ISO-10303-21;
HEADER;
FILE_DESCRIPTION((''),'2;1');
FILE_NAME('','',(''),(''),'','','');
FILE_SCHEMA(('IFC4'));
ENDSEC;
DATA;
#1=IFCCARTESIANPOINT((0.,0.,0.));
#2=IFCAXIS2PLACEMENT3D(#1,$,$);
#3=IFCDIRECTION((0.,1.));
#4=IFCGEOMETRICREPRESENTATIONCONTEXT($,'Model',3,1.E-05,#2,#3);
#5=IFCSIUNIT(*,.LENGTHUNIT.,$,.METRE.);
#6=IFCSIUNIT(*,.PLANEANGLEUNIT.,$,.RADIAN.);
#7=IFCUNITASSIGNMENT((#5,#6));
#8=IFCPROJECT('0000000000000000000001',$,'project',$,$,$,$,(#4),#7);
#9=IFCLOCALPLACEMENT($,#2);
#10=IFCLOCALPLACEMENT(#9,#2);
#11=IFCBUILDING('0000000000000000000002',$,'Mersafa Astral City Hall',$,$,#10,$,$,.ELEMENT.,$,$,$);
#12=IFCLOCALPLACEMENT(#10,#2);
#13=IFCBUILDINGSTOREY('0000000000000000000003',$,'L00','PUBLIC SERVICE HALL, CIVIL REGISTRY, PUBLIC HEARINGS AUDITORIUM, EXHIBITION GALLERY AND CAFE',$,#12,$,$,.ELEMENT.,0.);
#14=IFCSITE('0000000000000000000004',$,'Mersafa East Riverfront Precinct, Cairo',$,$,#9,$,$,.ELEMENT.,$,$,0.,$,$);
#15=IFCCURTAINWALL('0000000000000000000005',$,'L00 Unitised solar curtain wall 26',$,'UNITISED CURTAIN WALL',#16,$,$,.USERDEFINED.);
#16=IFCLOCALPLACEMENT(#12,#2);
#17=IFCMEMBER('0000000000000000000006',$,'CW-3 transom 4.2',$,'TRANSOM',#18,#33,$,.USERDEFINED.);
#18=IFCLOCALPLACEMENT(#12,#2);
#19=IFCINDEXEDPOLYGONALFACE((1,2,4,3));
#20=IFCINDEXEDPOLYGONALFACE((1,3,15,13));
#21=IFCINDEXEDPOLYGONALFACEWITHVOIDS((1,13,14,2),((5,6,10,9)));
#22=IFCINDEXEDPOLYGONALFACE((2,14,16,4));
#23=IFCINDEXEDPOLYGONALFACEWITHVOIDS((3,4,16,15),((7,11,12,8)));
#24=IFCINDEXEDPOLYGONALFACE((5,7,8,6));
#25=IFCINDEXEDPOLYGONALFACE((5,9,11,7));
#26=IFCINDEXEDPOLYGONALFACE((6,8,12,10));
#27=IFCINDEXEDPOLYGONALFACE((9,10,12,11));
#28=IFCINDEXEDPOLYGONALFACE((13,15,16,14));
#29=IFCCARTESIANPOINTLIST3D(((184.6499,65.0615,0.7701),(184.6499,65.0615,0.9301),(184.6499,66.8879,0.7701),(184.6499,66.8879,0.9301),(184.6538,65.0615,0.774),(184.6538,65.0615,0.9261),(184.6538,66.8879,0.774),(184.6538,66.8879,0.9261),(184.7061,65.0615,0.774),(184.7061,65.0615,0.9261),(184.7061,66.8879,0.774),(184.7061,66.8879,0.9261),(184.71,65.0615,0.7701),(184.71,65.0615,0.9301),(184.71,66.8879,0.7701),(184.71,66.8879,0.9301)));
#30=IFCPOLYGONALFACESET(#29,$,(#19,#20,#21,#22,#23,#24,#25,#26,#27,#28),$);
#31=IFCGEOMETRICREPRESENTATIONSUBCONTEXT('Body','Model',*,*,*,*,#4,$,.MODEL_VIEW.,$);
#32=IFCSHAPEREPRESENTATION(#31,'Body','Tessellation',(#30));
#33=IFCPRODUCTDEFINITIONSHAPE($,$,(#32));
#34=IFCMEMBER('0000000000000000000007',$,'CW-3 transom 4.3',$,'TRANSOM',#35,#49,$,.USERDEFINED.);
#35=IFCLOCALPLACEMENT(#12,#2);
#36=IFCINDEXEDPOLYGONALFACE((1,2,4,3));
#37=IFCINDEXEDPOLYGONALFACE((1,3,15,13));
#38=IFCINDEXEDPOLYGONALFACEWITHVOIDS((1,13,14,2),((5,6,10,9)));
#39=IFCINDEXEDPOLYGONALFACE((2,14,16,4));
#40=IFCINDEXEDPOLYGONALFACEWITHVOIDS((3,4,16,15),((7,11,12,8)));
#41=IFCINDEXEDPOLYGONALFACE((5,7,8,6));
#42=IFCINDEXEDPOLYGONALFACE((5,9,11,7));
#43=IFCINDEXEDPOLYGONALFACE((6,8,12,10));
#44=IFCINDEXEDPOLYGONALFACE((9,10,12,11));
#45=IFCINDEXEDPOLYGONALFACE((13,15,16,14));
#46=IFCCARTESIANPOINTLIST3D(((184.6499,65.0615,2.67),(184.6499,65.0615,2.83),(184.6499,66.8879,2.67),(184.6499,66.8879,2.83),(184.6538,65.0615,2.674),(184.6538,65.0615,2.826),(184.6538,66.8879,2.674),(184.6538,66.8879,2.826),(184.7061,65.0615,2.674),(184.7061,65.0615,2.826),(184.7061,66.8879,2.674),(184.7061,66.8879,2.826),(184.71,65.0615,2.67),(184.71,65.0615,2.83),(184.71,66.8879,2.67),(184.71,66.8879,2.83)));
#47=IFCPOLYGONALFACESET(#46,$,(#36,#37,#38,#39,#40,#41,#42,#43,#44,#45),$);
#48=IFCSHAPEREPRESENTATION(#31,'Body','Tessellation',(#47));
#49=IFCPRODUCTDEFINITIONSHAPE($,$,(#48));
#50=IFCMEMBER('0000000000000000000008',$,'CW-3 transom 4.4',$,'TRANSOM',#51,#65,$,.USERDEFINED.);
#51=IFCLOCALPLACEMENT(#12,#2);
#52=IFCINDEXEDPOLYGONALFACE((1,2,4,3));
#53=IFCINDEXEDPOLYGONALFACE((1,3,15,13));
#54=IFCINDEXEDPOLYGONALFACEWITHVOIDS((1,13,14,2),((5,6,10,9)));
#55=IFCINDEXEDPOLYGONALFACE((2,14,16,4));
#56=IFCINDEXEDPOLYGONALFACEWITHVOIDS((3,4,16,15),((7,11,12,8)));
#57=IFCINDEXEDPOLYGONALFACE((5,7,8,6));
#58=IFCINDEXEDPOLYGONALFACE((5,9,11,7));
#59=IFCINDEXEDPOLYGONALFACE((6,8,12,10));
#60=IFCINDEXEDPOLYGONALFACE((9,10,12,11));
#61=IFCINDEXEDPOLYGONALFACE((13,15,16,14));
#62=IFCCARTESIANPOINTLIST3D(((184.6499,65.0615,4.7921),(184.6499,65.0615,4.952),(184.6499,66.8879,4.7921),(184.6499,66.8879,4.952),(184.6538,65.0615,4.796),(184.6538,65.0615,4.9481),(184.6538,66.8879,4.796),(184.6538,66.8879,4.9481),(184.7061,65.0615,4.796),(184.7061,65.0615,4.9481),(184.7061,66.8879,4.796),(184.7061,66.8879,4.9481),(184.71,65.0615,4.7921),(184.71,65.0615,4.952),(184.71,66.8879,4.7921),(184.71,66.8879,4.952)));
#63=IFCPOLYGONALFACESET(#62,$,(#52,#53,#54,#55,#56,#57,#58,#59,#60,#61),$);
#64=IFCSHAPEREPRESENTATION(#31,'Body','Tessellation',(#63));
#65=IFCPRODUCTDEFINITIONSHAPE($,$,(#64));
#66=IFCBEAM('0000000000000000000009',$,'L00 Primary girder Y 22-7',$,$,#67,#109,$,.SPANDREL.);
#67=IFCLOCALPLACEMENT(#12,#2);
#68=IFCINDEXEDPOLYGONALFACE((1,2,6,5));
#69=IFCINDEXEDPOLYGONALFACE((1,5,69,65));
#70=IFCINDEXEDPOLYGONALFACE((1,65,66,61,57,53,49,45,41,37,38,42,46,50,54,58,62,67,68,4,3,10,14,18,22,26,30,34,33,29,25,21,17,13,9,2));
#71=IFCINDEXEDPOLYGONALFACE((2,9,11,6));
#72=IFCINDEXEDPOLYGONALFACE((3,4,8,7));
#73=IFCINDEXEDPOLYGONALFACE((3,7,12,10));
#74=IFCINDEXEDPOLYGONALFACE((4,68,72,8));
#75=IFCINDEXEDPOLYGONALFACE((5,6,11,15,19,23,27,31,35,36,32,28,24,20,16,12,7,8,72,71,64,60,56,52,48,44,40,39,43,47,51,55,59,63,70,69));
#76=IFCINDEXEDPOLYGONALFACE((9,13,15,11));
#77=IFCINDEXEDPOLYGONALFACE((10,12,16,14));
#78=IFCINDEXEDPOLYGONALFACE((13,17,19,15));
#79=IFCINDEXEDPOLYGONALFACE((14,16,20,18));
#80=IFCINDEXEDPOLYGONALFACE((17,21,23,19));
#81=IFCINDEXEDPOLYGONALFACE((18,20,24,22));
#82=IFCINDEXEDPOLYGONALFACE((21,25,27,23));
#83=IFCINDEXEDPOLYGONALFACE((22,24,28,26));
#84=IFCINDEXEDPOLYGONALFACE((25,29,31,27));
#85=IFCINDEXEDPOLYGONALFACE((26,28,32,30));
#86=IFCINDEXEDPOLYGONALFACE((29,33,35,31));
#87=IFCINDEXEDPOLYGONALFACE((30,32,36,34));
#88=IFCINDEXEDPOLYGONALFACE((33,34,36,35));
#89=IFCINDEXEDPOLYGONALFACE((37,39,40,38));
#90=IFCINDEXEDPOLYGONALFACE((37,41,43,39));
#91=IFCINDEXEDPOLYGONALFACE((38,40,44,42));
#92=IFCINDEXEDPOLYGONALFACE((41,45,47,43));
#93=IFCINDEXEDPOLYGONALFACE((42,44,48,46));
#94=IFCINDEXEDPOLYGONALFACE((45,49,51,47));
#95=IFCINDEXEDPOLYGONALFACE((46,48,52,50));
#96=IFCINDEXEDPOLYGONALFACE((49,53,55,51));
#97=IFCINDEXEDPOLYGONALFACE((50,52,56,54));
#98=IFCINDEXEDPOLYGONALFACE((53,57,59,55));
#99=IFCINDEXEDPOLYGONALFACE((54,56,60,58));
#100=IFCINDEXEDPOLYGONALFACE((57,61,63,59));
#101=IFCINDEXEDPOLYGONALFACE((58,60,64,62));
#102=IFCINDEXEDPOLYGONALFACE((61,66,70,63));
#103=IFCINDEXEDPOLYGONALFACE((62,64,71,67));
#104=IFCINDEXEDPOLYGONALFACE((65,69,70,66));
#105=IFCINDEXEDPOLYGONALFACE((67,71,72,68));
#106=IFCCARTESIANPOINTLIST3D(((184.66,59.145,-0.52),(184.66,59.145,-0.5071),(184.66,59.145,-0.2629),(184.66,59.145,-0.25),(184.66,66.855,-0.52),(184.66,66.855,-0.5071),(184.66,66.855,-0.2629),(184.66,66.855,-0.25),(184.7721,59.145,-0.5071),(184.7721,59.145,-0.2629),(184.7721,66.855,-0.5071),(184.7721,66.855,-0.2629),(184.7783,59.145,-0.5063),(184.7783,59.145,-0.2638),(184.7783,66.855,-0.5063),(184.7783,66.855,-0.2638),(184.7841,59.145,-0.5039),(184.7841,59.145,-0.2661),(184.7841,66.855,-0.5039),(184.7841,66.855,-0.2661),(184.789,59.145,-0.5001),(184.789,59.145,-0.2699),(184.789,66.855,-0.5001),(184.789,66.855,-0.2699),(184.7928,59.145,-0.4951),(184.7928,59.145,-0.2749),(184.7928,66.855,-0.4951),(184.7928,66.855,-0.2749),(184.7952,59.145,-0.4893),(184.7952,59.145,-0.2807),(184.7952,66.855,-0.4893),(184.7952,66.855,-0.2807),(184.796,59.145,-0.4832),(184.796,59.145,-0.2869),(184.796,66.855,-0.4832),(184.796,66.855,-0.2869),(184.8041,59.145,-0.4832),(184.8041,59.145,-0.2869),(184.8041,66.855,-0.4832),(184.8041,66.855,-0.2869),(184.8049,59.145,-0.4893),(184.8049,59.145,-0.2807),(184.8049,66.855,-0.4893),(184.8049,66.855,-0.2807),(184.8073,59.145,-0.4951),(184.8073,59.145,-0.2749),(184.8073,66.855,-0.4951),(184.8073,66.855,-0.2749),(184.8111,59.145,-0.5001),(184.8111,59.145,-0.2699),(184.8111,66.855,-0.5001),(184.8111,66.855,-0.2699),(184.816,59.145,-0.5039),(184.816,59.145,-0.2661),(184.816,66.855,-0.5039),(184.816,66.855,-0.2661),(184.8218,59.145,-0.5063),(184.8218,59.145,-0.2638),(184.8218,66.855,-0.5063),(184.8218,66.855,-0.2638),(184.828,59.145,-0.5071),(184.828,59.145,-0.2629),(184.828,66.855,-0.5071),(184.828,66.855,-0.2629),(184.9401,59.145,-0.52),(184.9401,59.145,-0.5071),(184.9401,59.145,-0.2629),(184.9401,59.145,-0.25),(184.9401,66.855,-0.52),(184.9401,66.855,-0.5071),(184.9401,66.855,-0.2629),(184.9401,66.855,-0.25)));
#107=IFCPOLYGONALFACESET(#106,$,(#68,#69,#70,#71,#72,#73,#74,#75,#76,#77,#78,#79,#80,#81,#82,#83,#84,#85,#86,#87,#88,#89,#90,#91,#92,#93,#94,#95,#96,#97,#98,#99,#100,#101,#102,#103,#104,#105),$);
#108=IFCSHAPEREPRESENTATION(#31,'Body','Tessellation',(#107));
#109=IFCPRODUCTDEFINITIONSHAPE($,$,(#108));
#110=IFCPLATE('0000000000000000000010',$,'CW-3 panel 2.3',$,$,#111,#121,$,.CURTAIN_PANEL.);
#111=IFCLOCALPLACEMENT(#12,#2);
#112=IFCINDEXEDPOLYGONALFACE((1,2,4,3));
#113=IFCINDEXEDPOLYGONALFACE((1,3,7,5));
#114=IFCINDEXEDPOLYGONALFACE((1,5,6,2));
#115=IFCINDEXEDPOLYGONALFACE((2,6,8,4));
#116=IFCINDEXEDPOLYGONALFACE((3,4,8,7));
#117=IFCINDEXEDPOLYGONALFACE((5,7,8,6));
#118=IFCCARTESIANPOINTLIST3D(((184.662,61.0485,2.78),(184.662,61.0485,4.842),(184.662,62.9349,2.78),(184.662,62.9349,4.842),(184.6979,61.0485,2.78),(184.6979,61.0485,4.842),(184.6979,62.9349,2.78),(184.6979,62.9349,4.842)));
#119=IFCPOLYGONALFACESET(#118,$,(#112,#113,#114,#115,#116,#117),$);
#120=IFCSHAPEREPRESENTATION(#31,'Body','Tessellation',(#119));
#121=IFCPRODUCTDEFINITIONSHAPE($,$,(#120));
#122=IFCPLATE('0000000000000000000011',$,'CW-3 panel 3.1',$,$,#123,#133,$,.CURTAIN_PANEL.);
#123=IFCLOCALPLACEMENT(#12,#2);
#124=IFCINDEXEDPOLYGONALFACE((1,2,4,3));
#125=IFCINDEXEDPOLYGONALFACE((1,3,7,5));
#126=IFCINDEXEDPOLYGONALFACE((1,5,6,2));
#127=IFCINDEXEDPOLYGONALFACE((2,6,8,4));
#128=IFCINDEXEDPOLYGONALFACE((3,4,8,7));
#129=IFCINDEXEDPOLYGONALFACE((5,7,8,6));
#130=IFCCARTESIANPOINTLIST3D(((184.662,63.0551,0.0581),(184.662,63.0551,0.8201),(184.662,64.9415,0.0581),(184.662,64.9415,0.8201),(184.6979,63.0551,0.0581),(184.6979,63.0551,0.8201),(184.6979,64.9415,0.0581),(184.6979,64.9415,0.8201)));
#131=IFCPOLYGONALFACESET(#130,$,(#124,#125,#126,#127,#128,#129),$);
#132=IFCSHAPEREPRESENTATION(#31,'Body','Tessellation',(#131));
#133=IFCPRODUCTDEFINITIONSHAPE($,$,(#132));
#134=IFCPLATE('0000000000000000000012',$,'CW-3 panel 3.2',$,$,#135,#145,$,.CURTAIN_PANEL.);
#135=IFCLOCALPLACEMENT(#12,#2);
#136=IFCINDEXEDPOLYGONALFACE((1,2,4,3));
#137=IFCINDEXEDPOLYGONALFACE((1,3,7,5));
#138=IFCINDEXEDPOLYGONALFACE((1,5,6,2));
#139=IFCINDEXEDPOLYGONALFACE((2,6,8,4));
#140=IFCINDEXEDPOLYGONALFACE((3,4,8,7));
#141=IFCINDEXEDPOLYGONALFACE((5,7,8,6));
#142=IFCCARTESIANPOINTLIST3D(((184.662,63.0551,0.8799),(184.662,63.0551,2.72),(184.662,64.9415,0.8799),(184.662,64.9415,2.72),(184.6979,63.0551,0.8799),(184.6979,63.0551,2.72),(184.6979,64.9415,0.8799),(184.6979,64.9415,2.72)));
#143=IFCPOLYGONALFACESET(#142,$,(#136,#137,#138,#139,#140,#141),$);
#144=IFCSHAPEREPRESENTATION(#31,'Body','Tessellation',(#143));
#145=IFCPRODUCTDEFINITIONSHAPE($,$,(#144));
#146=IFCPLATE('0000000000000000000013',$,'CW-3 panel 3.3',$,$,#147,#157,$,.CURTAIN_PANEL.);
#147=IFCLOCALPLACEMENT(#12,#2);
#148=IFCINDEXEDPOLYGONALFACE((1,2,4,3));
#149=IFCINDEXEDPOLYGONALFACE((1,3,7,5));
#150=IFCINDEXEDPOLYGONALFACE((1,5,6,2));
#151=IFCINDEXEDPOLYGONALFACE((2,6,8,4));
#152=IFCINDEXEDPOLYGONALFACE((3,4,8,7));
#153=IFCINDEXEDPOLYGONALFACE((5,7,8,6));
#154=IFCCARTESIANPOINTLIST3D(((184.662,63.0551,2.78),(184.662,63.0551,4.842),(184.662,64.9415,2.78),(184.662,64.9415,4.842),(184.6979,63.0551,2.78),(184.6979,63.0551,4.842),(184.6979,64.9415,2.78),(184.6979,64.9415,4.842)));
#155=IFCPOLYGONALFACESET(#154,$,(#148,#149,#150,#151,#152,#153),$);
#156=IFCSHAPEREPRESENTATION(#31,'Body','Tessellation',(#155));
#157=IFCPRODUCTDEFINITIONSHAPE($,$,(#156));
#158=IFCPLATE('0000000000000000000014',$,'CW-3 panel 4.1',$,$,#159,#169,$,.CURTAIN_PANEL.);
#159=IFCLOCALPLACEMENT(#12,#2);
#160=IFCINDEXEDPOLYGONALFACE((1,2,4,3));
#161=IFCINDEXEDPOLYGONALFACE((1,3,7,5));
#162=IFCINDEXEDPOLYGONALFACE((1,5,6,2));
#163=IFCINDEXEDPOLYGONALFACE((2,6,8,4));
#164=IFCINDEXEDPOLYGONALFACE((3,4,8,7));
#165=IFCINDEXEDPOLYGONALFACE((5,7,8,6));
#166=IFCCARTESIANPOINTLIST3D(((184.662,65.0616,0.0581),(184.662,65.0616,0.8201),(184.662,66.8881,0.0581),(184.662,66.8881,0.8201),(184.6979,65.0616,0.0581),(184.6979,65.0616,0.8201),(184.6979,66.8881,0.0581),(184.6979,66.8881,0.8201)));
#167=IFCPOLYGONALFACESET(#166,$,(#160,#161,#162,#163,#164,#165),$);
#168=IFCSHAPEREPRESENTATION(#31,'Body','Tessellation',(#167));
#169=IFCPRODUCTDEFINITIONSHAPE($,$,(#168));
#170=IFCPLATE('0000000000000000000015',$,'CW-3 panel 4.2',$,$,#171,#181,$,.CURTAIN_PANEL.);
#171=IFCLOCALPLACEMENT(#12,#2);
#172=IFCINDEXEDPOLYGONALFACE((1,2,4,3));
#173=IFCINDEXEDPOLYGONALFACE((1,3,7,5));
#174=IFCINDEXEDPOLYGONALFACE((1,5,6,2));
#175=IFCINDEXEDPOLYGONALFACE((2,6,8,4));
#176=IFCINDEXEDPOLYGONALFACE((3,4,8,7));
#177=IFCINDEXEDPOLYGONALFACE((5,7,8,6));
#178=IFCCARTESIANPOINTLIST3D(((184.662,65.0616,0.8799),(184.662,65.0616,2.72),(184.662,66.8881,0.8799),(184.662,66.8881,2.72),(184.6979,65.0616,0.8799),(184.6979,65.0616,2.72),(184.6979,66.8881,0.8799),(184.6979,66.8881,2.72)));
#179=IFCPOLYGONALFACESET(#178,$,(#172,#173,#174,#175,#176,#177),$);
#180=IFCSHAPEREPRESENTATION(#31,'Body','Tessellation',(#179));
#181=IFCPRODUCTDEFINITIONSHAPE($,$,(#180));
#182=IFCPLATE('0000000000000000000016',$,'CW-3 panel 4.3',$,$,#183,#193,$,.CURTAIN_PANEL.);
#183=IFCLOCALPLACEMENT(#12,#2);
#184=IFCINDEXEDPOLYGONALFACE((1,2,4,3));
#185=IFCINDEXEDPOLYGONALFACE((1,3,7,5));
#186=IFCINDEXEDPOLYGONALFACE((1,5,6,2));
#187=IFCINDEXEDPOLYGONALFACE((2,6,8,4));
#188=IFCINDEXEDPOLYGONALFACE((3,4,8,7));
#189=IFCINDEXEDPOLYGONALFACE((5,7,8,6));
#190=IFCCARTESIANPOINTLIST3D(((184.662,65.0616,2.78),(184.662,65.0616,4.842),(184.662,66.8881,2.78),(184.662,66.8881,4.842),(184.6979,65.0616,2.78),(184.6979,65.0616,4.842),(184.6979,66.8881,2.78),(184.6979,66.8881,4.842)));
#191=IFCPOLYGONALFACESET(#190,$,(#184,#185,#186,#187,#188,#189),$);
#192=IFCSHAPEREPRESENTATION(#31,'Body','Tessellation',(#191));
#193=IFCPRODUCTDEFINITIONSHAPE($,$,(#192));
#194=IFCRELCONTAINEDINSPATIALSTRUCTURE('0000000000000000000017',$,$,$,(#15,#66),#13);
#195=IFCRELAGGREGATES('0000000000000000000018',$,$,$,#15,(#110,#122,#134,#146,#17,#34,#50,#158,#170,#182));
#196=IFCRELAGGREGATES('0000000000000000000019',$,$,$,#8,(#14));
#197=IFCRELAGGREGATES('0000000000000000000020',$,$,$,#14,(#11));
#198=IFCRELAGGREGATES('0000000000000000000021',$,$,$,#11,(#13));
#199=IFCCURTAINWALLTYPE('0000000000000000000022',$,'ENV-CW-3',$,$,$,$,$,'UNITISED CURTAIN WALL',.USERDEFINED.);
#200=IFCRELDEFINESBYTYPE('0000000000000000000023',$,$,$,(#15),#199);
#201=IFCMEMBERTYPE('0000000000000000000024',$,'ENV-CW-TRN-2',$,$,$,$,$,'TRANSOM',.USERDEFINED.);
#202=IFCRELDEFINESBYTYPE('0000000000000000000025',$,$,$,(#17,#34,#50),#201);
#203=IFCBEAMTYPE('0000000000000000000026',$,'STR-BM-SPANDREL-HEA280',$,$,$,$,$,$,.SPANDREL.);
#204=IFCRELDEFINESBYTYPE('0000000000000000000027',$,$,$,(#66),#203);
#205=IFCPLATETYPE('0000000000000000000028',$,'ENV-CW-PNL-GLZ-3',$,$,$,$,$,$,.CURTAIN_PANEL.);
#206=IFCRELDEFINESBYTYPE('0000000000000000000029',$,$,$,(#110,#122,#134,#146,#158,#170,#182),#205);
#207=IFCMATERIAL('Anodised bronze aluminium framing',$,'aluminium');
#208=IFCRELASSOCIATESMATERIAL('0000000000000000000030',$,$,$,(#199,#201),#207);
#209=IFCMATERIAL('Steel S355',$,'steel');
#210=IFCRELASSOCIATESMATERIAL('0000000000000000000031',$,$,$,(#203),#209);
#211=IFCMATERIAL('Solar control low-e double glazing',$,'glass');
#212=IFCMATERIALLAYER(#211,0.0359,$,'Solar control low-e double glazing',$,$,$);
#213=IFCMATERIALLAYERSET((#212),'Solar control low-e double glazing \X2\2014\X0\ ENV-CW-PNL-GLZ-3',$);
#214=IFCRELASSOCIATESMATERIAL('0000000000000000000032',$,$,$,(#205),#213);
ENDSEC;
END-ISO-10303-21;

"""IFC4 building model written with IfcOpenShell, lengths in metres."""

from ifc_helpers import new_model, si_unit, direction, frame, origin, origin_2d, place, context, subcontext, project, spatial, rectangle, hollow_rectangle, i_section, extrude, material, layer, layer_set, material_profile, profile_set, type_object, element, aggregate, save


model = new_model("IFC4")

# Units and contexts
model_context = context("Model", 3, precision=1e-05, world=origin(), true_north=direction((0.0, 1.0)))
body_context = subcontext(model_context, "Body", "Model", "MODEL_VIEW")
ifc_project = project(units=[si_unit("LENGTHUNIT", "METRE"), si_unit("PLANEANGLEUNIT", "RADIAN")], contexts=[model_context])

# Site, building, storey
site_placement = place(None, origin())
site = spatial("IfcSite", under=ifc_project, at=site_placement, Name="Mersafa East Riverfront Precinct, Cairo", CompositionType="ELEMENT", RefElevation=0.0)
building_placement = place(site_placement, origin())
building = spatial("IfcBuilding", under=site, at=building_placement, Name="Mersafa Astral City Hall", CompositionType="ELEMENT")
storey_placement = place(building_placement, origin())
storey = spatial("IfcBuildingStorey", under=building, at=storey_placement, Name="L00", Description="PUBLIC SERVICE HALL, CIVIL REGISTRY, PUBLIC HEARINGS AUDITORIUM, EXHIBITION GALLERY AND CAFE", CompositionType="ELEMENT", Elevation=0.0)

# Shared definitions
ifc_material_1 = material(Name="Steel S355", Category="steel")

# Curtain wall, members
ifc_material_2 = material(Name="Anodised bronze aluminium framing", Category="aluminium")
curtain_wall_type = type_object("IfcCurtainWallType", Name="ENV-CW-3", ElementType="UNITISED CURTAIN WALL", PredefinedType="USERDEFINED", material=ifc_material_2)
curtain_wall_placement = place(storey_placement, origin())
curtain_wall = element("IfcCurtainWall", 1, at=curtain_wall_placement, inside=storey, type_object=curtain_wall_type, Name="L00 Unitised solar curtain wall 26", ObjectType="UNITISED CURTAIN WALL", PredefinedType="USERDEFINED")
ifc_material_profile_1 = material_profile(ifc_material_2, hollow_rectangle(XDim=0.0601, YDim=0.1599, WallThickness=0.0039, at=origin_2d()), Name="RHS 60x160x4")
ifc_profile_set_1 = profile_set([ifc_material_profile_1], Name="Anodised bronze aluminium framing")
member_type_1 = type_object("IfcMemberType", Name="ENV-CW-TRN-2", ElementType="TRANSOM", PredefinedType="USERDEFINED", material=ifc_profile_set_1)
member_1_placement = place(storey_placement, frame((184.6799, 65.0615, 0.8501), z_axis=(0.0, 1.0, 0.0), x_axis=(-1.0, 0.0, 0.0)))
member_1 = element("IfcMember", 2, at=member_1_placement, type_object=member_type_1, Name="CW-3 transom 4.2", ObjectType="TRANSOM", PredefinedType="USERDEFINED", context=body_context, shape_type="SweptSolid", body=[
    extrude(hollow_rectangle(XDim=0.0601, YDim=0.1599, WallThickness=0.0039, at=origin_2d()), origin(), (0.0, 0.0, 1.0), 1.8264),
])
member_2_placement = place(storey_placement, frame((184.6799, 65.0615, 2.75), z_axis=(0.0, 1.0, 0.0), x_axis=(-1.0, 0.0, 0.0)))
member_2 = element("IfcMember", 3, at=member_2_placement, type_object=member_type_1, Name="CW-3 transom 4.3", ObjectType="TRANSOM", PredefinedType="USERDEFINED", context=body_context, shape_type="SweptSolid", body=[
    extrude(hollow_rectangle(XDim=0.0601, YDim=0.1599, WallThickness=0.0039, at=origin_2d()), origin(), (0.0, 0.0, 1.0), 1.8264),
])
member_3_placement = place(storey_placement, frame((184.6799, 65.0615, 4.8721), z_axis=(0.0, 1.0, 0.0), x_axis=(-1.0, 0.0, 0.0)))
member_3 = element("IfcMember", 4, at=member_3_placement, type_object=member_type_1, Name="CW-3 transom 4.4", ObjectType="TRANSOM", PredefinedType="USERDEFINED", context=body_context, shape_type="SweptSolid", body=[
    extrude(hollow_rectangle(XDim=0.0601, YDim=0.1599, WallThickness=0.0039, at=origin_2d()), origin(), (0.0, 0.0, 1.0), 1.8264),
])

# Beam
ifc_material_profile_2 = material_profile(ifc_material_1, i_section(OverallWidth=0.28, OverallDepth=0.27, WebThickness=0.0081, FlangeThickness=0.0129, FilletRadius=0.0239, at=origin_2d()), Name="HEA 280")
ifc_profile_set_2 = profile_set([ifc_material_profile_2], Name="Steel S355")
beam_type = type_object("IfcBeamType", Name="STR-BM-SPANDREL-HEA280", PredefinedType="SPANDREL", material=ifc_profile_set_2)
beam_placement = place(storey_placement, frame((184.8, 59.145, -0.385), z_axis=(0.0, 1.0, 0.0), x_axis=(-1.0, 0.0, 0.0)))
element("IfcBeam", 5, at=beam_placement, inside=storey, type_object=beam_type, Name="L00 Primary girder Y 22-7", PredefinedType="SPANDREL", context=body_context, shape_type="SweptSolid", body=[
    extrude(i_section(OverallWidth=0.28, OverallDepth=0.27, WebThickness=0.0081, FlangeThickness=0.0129, FilletRadius=0.0239, at=origin_2d()), origin(), (0.0, 0.0, 1.0), 7.71),
])

# Plates
ifc_material_3 = material(Name="Solar control low-e double glazing", Category="glass")
ifc_layer = layer(ifc_material_3, 0.0359, Name="Solar control low-e double glazing")
ifc_layer_set = layer_set([ifc_layer], Name="Solar control low-e double glazing — ENV-CW-PNL-GLZ-3")
plate_type = type_object("IfcPlateType", Name="ENV-CW-PNL-GLZ-3", PredefinedType="CURTAIN_PANEL", material=ifc_layer_set)
plate_1_placement = place(storey_placement, frame((184.6799, 61.9917, 2.78), z_axis=(0.0, 0.0, 1.0), x_axis=(0.0, 1.0, 0.0)))
plate_1 = element("IfcPlate", 6, at=plate_1_placement, type_object=plate_type, Name="CW-3 panel 2.3", PredefinedType="CURTAIN_PANEL", context=body_context, shape_type="SweptSolid", body=[
    extrude(rectangle(XDim=1.8865, YDim=0.0359, at=origin_2d()), origin(), (0.0, 0.0, 1.0), 2.062),
])
plate_2_placement = place(storey_placement, frame((184.6799, 63.9983, 0.0581), z_axis=(0.0, 0.0, 1.0), x_axis=(0.0, 1.0, 0.0)))
plate_2 = element("IfcPlate", 7, at=plate_2_placement, type_object=plate_type, Name="CW-3 panel 3.1", PredefinedType="CURTAIN_PANEL", context=body_context, shape_type="SweptSolid", body=[
    extrude(rectangle(XDim=1.8865, YDim=0.0359, at=origin_2d()), origin(), (0.0, 0.0, 1.0), 0.762),
])
plate_3_placement = place(storey_placement, frame((184.6799, 63.9983, 0.8799), z_axis=(0.0, 0.0, 1.0), x_axis=(0.0, 1.0, 0.0)))
plate_3 = element("IfcPlate", 8, at=plate_3_placement, type_object=plate_type, Name="CW-3 panel 3.2", PredefinedType="CURTAIN_PANEL", context=body_context, shape_type="SweptSolid", body=[
    extrude(rectangle(XDim=1.8865, YDim=0.0359, at=origin_2d()), origin(), (0.0, 0.0, 1.0), 1.8401),
])
plate_4_placement = place(storey_placement, frame((184.6799, 63.9983, 2.78), z_axis=(0.0, 0.0, 1.0), x_axis=(0.0, 1.0, 0.0)))
plate_4 = element("IfcPlate", 9, at=plate_4_placement, type_object=plate_type, Name="CW-3 panel 3.3", PredefinedType="CURTAIN_PANEL", context=body_context, shape_type="SweptSolid", body=[
    extrude(rectangle(XDim=1.8865, YDim=0.0359, at=origin_2d()), origin(), (0.0, 0.0, 1.0), 2.062),
])
plate_5_placement = place(storey_placement, frame((184.6799, 65.9749, 0.0581), z_axis=(0.0, 0.0, 1.0), x_axis=(0.0, 1.0, 0.0)))
plate_5 = element("IfcPlate", 10, at=plate_5_placement, type_object=plate_type, Name="CW-3 panel 4.1", PredefinedType="CURTAIN_PANEL", context=body_context, shape_type="SweptSolid", body=[
    extrude(rectangle(XDim=1.8264, YDim=0.0359, at=origin_2d()), origin(), (0.0, 0.0, 1.0), 0.762),
])
plate_6_placement = place(storey_placement, frame((184.6799, 65.9749, 0.8799), z_axis=(0.0, 0.0, 1.0), x_axis=(0.0, 1.0, 0.0)))
plate_6 = element("IfcPlate", 11, at=plate_6_placement, type_object=plate_type, Name="CW-3 panel 4.2", PredefinedType="CURTAIN_PANEL", context=body_context, shape_type="SweptSolid", body=[
    extrude(rectangle(XDim=1.8264, YDim=0.0359, at=origin_2d()), origin(), (0.0, 0.0, 1.0), 1.8401),
])
plate_7_placement = place(storey_placement, frame((184.6799, 65.9749, 2.78), z_axis=(0.0, 0.0, 1.0), x_axis=(0.0, 1.0, 0.0)))
plate_7 = element("IfcPlate", 12, at=plate_7_placement, type_object=plate_type, Name="CW-3 panel 4.3", PredefinedType="CURTAIN_PANEL", context=body_context, shape_type="SweptSolid", body=[
    extrude(rectangle(XDim=1.8264, YDim=0.0359, at=origin_2d()), origin(), (0.0, 0.0, 1.0), 2.062),
])
aggregate(curtain_wall, [plate_1, plate_2, plate_3, plate_4, member_1, member_2, member_3, plate_5, plate_6, plate_7])

save(model, "model.ifc")
